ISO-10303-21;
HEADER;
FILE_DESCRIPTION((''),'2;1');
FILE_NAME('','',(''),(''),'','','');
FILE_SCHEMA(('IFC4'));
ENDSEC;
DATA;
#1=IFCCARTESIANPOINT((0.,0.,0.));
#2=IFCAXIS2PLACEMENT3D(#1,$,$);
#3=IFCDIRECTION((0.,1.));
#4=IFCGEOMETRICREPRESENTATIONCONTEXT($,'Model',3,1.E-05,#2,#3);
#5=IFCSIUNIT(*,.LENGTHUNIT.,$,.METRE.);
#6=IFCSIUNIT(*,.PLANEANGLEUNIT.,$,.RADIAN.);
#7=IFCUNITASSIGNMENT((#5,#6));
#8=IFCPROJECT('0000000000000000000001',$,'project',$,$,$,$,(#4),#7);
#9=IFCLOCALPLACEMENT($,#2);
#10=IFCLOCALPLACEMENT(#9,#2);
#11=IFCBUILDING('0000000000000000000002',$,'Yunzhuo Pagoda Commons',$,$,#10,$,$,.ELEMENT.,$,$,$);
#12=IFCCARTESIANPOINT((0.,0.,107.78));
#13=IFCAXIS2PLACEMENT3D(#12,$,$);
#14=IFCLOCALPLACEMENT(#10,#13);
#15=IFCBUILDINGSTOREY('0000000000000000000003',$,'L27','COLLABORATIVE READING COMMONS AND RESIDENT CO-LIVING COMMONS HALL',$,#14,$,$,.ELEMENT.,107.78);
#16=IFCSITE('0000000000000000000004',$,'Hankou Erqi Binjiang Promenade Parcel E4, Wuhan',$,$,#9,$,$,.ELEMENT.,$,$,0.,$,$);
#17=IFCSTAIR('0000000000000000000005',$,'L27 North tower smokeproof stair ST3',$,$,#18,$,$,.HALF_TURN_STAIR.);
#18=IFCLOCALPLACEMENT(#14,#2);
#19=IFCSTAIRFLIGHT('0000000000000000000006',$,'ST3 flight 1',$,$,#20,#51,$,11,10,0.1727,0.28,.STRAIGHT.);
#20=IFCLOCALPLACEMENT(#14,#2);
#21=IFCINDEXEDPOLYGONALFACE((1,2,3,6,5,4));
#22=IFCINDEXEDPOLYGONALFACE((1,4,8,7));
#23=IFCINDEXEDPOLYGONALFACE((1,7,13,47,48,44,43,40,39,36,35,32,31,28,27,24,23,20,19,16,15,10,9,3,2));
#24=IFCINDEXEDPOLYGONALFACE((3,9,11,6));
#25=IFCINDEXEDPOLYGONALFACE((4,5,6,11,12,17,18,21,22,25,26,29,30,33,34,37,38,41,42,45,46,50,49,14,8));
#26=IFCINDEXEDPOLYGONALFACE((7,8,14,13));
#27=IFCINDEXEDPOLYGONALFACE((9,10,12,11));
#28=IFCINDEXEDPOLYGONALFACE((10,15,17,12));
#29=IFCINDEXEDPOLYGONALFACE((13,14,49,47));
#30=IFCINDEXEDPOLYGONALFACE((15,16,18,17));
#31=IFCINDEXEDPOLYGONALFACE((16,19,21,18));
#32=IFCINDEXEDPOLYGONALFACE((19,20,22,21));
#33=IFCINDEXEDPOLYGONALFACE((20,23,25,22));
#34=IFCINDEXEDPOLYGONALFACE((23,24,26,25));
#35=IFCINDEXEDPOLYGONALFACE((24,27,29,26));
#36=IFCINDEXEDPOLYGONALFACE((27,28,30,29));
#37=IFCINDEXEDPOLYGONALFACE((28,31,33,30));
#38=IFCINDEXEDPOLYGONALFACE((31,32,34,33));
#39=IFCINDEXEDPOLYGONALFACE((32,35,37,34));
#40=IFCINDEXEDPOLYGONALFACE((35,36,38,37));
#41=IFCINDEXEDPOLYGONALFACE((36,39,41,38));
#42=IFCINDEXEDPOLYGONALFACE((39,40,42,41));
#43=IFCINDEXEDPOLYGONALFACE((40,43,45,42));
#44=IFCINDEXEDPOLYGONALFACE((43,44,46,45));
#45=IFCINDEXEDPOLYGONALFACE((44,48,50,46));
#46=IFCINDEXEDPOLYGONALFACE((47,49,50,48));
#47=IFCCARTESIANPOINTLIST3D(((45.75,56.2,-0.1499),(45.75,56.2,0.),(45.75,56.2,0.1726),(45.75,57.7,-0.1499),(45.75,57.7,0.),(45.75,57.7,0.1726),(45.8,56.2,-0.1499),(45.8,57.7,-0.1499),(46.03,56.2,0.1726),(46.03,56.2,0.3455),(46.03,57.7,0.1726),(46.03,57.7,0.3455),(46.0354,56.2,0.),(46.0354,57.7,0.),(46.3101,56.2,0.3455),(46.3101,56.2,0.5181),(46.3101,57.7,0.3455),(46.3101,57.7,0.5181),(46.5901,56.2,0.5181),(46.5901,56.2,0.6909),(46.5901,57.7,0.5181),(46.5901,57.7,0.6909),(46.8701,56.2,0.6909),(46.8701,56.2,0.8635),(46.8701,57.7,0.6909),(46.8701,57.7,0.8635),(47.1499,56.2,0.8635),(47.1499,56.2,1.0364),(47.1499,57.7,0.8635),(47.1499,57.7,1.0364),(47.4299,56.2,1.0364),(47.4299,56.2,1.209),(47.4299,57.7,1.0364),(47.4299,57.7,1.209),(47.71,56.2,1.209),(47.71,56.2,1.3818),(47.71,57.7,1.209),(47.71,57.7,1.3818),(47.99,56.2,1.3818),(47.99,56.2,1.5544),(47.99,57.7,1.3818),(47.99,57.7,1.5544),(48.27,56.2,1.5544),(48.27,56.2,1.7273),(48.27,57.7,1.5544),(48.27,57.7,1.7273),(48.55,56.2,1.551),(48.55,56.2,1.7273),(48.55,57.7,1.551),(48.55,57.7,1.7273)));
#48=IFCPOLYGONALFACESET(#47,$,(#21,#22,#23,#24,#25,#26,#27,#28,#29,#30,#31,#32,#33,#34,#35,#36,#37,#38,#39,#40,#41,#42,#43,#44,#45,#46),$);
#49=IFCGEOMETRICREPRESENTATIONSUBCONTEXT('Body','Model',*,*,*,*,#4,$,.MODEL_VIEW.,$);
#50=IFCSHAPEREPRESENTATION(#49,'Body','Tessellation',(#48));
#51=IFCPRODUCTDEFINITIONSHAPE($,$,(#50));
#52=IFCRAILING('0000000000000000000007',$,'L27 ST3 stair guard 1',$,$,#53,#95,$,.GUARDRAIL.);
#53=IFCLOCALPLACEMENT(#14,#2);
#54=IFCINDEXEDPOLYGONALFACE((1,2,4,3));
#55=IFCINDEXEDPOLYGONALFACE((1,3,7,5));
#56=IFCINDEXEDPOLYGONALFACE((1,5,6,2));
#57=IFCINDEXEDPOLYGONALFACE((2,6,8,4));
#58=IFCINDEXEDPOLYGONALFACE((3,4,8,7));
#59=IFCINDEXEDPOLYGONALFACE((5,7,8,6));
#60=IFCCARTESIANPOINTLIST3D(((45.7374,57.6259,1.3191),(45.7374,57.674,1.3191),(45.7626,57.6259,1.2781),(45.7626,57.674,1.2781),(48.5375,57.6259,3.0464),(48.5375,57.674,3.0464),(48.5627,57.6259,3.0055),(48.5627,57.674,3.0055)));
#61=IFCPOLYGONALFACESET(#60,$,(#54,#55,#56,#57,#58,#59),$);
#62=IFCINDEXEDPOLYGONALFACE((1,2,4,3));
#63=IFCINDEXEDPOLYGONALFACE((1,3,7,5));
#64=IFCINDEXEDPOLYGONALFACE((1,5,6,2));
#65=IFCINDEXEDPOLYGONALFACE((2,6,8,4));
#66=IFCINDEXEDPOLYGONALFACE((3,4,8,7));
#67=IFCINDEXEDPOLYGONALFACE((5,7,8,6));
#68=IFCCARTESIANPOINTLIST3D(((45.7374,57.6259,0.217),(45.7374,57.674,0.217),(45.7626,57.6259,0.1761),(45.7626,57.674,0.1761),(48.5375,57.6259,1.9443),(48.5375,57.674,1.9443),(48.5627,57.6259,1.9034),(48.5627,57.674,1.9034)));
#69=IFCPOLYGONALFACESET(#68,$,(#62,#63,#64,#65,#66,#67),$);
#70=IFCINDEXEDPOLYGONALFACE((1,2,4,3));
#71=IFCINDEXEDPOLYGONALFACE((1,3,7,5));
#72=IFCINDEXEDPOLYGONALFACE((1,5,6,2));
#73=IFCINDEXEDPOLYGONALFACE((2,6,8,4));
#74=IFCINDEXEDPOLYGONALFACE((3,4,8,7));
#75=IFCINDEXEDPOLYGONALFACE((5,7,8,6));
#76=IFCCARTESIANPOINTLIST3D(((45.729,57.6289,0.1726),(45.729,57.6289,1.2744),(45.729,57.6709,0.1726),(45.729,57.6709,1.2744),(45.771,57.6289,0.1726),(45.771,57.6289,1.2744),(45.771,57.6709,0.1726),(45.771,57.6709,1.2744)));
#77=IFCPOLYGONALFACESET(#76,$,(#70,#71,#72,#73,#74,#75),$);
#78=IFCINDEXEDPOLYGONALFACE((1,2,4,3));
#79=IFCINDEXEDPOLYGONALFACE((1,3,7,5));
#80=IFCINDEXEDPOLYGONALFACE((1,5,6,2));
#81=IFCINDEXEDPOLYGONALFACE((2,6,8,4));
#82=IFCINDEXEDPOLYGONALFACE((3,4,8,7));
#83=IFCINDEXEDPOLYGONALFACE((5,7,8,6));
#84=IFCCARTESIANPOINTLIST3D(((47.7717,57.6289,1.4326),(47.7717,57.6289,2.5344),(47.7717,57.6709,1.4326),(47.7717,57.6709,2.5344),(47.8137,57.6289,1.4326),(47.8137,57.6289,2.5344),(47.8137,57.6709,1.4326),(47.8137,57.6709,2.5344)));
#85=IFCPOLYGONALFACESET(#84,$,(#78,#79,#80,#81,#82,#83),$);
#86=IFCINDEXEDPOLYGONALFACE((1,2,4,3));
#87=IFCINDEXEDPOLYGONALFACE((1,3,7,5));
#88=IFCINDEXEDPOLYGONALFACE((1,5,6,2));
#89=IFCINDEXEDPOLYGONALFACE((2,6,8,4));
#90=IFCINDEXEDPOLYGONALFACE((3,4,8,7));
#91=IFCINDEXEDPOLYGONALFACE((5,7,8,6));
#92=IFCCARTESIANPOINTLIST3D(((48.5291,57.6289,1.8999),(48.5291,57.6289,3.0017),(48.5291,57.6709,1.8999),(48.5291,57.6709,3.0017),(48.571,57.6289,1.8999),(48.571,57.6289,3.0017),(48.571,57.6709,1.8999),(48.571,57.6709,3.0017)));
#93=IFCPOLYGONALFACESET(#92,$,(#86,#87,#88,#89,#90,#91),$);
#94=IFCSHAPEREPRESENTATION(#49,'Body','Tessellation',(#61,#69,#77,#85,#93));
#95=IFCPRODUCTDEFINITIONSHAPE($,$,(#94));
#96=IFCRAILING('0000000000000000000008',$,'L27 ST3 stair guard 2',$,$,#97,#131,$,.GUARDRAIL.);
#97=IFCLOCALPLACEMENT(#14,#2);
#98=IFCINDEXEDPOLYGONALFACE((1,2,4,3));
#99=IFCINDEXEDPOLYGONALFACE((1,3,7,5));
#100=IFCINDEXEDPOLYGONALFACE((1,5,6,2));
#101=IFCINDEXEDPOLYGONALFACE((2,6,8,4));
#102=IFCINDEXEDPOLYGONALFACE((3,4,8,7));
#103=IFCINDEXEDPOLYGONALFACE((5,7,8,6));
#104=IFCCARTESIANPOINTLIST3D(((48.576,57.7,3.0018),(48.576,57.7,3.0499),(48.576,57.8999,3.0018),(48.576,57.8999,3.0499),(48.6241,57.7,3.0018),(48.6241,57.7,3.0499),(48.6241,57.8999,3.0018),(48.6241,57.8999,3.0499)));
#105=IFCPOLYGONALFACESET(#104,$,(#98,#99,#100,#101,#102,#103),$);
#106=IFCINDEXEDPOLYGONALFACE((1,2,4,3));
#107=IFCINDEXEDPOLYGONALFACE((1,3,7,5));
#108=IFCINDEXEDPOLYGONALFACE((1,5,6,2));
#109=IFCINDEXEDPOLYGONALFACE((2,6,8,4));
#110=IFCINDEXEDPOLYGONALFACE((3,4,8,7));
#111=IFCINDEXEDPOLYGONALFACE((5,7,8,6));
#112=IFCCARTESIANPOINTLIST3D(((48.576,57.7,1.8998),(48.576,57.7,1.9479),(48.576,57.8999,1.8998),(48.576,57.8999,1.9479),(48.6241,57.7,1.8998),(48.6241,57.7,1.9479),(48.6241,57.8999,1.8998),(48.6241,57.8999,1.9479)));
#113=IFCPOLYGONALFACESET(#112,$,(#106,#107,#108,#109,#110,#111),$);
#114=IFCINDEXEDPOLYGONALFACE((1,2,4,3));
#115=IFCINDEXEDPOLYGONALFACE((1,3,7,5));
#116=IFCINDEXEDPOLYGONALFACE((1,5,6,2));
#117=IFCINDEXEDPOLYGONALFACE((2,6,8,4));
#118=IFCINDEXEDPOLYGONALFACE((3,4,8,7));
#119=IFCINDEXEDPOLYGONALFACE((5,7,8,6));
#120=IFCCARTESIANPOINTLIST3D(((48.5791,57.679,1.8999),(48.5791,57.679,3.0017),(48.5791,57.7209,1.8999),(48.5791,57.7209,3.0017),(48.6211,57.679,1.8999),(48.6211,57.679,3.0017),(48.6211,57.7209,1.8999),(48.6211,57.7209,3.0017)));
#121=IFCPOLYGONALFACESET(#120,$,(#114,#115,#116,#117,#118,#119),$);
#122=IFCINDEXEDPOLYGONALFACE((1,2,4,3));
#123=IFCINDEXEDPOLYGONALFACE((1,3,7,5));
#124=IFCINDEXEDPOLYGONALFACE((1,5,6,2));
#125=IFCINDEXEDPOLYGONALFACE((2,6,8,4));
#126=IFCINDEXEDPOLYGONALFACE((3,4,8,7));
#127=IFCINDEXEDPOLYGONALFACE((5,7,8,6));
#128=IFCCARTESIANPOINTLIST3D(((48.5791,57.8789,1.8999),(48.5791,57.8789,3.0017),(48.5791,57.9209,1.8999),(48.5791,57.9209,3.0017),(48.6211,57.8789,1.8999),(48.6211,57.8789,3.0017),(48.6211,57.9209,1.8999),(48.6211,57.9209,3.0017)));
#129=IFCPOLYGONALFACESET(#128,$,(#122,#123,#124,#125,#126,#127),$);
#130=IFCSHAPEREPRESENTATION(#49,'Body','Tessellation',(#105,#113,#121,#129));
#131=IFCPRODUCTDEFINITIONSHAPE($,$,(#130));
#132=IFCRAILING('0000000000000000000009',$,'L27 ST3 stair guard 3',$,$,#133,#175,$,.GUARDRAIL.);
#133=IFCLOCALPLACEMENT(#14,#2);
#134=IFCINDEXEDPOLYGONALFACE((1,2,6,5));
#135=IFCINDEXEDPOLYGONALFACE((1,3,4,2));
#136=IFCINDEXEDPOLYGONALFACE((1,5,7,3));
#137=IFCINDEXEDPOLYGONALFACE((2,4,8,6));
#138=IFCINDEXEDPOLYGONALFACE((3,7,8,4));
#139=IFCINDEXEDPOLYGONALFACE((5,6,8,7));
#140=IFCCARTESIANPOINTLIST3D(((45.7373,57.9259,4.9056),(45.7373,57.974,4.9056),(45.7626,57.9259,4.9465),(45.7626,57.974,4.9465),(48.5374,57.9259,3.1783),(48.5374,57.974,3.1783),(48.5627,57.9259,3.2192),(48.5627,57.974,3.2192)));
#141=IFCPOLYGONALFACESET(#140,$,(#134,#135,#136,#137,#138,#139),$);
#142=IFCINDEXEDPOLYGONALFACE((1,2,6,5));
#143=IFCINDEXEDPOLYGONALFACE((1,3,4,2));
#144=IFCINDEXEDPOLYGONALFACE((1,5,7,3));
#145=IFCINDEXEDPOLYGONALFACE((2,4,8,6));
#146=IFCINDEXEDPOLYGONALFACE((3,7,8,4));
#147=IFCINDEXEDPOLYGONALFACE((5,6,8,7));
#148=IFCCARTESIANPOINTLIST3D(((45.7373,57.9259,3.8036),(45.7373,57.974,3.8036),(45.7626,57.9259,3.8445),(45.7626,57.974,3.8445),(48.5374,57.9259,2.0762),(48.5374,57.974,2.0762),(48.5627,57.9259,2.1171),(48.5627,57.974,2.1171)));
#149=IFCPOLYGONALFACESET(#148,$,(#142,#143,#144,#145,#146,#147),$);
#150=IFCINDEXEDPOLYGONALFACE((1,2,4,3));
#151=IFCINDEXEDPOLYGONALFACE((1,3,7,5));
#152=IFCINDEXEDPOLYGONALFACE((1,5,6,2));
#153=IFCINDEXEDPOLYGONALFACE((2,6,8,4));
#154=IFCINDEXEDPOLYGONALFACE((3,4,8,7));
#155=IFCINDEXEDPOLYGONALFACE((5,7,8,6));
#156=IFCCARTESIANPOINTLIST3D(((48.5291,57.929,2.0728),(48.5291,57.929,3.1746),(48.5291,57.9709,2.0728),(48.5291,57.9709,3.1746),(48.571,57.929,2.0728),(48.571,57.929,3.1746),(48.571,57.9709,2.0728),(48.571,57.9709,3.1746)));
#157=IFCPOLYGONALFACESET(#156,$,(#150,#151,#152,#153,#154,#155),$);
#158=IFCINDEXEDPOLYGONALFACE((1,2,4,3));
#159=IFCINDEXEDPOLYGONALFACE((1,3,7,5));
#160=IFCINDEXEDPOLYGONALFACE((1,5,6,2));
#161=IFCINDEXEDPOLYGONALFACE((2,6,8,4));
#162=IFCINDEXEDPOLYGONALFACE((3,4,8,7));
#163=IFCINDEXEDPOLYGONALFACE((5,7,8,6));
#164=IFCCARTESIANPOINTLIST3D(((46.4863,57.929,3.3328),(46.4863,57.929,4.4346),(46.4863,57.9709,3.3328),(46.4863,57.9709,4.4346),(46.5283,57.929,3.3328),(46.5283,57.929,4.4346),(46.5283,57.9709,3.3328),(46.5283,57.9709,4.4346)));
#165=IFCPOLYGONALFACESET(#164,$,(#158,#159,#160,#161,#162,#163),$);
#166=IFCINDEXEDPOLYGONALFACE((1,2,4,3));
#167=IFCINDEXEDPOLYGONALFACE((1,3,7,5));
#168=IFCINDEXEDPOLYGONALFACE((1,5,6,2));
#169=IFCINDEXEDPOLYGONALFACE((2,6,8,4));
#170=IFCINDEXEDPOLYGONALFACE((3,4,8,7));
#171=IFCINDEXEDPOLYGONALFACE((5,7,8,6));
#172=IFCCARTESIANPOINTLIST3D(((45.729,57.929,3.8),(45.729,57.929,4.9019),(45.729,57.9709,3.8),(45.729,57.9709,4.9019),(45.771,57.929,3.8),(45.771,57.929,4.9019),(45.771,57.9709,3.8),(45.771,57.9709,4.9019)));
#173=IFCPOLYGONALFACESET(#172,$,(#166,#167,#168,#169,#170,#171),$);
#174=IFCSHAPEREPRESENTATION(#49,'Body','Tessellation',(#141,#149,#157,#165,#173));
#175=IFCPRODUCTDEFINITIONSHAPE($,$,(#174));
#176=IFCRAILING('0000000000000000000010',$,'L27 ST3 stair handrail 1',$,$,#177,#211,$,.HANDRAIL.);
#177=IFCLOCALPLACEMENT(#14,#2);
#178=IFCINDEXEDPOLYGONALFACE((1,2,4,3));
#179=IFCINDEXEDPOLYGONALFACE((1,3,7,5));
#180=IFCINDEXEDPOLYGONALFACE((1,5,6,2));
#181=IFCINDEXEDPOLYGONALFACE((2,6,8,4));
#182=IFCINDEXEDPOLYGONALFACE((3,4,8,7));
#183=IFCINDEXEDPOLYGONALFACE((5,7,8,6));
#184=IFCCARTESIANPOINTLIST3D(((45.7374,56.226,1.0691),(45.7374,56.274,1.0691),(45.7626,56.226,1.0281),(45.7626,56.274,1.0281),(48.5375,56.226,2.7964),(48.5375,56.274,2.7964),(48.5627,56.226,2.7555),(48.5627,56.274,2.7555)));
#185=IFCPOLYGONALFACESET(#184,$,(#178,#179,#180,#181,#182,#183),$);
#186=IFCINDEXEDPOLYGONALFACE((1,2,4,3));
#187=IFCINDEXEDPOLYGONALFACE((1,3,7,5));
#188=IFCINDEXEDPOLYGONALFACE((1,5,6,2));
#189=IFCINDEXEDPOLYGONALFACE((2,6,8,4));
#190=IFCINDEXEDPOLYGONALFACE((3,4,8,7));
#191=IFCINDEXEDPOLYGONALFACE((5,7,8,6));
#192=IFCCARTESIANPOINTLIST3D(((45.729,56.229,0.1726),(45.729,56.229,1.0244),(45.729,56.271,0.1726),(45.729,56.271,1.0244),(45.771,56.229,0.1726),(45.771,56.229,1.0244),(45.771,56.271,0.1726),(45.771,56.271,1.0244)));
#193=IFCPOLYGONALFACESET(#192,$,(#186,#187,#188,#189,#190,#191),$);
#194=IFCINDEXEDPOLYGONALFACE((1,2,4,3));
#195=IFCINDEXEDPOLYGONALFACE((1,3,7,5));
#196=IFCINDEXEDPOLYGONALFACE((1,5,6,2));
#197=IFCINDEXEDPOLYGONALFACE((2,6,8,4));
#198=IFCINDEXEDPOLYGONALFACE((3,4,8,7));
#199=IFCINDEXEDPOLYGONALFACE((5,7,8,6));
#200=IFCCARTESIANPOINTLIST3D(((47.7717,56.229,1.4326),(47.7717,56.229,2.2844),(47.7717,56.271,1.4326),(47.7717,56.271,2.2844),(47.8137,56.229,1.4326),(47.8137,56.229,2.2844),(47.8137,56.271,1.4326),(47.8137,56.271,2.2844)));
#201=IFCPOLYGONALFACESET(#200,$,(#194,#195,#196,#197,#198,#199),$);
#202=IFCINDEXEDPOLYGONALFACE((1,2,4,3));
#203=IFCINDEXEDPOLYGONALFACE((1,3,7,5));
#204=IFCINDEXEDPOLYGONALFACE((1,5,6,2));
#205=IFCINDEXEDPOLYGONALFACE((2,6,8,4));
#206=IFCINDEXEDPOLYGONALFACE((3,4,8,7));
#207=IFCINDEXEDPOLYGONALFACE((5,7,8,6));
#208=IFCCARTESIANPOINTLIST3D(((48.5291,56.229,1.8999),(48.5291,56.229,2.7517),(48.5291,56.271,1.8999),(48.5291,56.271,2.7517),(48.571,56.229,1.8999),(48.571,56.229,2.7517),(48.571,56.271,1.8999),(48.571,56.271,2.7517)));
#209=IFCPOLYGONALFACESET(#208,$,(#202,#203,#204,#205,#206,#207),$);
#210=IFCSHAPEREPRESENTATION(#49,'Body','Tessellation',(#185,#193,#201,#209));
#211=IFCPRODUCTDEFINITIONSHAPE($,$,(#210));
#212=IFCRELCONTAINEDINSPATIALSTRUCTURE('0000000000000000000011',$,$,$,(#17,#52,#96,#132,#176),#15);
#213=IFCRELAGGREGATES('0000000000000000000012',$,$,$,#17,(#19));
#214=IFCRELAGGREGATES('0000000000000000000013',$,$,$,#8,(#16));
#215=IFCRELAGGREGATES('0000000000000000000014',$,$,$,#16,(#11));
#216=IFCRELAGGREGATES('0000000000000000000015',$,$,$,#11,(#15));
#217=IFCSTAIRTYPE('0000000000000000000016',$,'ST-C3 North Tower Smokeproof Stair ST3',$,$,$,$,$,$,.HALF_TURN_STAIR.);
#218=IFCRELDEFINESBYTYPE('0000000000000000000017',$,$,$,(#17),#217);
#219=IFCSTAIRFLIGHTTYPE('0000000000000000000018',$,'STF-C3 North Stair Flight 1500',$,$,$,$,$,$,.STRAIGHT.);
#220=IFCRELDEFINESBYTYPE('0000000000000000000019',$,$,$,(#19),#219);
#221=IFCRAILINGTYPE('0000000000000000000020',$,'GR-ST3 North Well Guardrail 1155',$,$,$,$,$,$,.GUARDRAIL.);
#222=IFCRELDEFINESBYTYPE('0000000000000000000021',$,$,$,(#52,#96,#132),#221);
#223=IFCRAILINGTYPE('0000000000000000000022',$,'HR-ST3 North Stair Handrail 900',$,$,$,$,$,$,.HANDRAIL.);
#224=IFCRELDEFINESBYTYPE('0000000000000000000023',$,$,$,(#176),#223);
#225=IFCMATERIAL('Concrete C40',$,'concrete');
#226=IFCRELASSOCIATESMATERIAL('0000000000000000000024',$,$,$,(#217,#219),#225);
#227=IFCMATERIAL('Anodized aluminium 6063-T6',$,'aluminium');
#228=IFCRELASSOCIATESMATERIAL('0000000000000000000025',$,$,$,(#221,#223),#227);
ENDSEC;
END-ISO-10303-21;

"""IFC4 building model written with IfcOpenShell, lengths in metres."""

from ifc_helpers import new_model, si_unit, direction, frame, origin, origin_2d, place, context, subcontext, project, spatial, polyline, rectangle, outline, extrude, source, transform, mapped, material, type_object, element, aggregate, save


model = new_model("IFC4")

# Units and contexts
model_context = context("Model", 3, precision=1e-05, world=origin(), true_north=direction((0.0, 1.0)))
body_context = subcontext(model_context, "Body", "Model", "MODEL_VIEW")
ifc_project = project(units=[si_unit("LENGTHUNIT", "METRE"), si_unit("PLANEANGLEUNIT", "RADIAN")], contexts=[model_context])

# Site, building, storey
site_placement = place(None, origin())
site = spatial("IfcSite", under=ifc_project, at=site_placement, Name="Hankou Erqi Binjiang Promenade Parcel E4, Wuhan", CompositionType="ELEMENT", RefElevation=0.0)
building_placement = place(site_placement, origin())
building = spatial("IfcBuilding", under=site, at=building_placement, Name="Yunzhuo Pagoda Commons", CompositionType="ELEMENT")
storey_placement = place(building_placement, frame((0.0, 0.0, 107.78)))
storey = spatial("IfcBuildingStorey", under=building, at=storey_placement, Name="L27", Description="COLLABORATIVE READING COMMONS AND RESIDENT CO-LIVING COMMONS HALL", CompositionType="ELEMENT", Elevation=107.78)

# Shared definitions
ifc_material_1 = material(Name="Anodized aluminium 6063-T6", Category="aluminium")

# Stair, stair flight
ifc_material_2 = material(Name="Concrete C40", Category="concrete")
stair_type = type_object("IfcStairType", Name="ST-C3 North Tower Smokeproof Stair ST3", PredefinedType="HALF_TURN_STAIR", material=ifc_material_2)
stair_placement = place(storey_placement, origin())
stair = element("IfcStair", 1, at=stair_placement, inside=storey, type_object=stair_type, Name="L27 North tower smokeproof stair ST3", PredefinedType="HALF_TURN_STAIR")
stair_flight_type = type_object("IfcStairFlightType", Name="STF-C3 North Stair Flight 1500", PredefinedType="STRAIGHT", material=ifc_material_2)
shared_shape_1 = source(origin(), body_context, "Body", "SweptSolid", [
    extrude(outline(polyline([(0.0, -0.1499), (0.0, 0.0), (0.0, 0.1726), (0.28, 0.1726), (0.28, 0.3455), (0.5601, 0.3455), (0.5601, 0.5181), (0.8401, 0.5181), (0.8401, 0.6909), (1.1201, 0.6909), (1.1201, 0.8635), (1.3999, 0.8635), (1.3999, 1.0364), (1.6799, 1.0364), (1.6799, 1.209), (1.96, 1.209), (1.96, 1.3818), (2.24, 1.3818), (2.24, 1.5544), (2.52, 1.5544), (2.52, 1.7273), (2.8, 1.7273), (2.8, 1.8999), (2.8, 1.551), (0.2854, 0.0), (0.05, -0.1499), (0.0, -0.1499)])), frame((0.0, 0.75, 0.0), z_axis=(0.0, -1.0, 0.0), x_axis=(1.0, 0.0, 0.0)), (0.0, 0.0, 1.0), 1.5),
])
stair_flight_placement = place(storey_placement, frame((45.75, 56.95, 0.0), z_axis=(0.0, 0.0, 1.0), x_axis=(1.0, 0.0, 0.0)))
stair_flight = element("IfcStairFlight", 2, at=stair_flight_placement, type_object=stair_flight_type, Name="ST3 flight 1", NumberOfRisers=11, NumberOfTreads=10, PredefinedType="STRAIGHT", RiserHeight=0.1727, TreadLength=0.28, context=body_context, shape_type="MappedRepresentation", body=[
    mapped(shared_shape_1, transform((0.0, 0.0, 0.0), scale=1.0)),
])
aggregate(stair, [stair_flight])

# Railings
railing_type_1 = type_object("IfcRailingType", Name="GR-ST3 North Well Guardrail 1155", PredefinedType="GUARDRAIL", material=ifc_material_1)
railing_1_placement = place(storey_placement, frame((45.75, 57.6499, 0.1726)))
element("IfcRailing", 3, at=railing_1_placement, inside=storey, type_object=railing_type_1, Name="L27 ST3 stair guard 1", PredefinedType="GUARDRAIL", context=body_context, shape_type="SweptSolid", body=[
    extrude(rectangle(XDim=0.0481, YDim=0.0481, at=origin_2d()), frame((0.0, 0.0, 1.126), z_axis=(0.85109, 0.0, 0.52502), x_axis=(0.0, 1.0, 0.0)), (0.0, 0.0, 1.0), 3.29),
    extrude(rectangle(XDim=0.0481, YDim=0.0481, at=origin_2d()), frame((0.0, 0.0, 0.0239), z_axis=(0.85109, 0.0, 0.52502), x_axis=(0.0, 1.0, 0.0)), (0.0, 0.0, 1.0), 3.29),
    extrude(rectangle(XDim=0.042, YDim=0.042, at=origin_2d()), origin(), (0.0, 0.0, 1.0), 1.1018),
    extrude(rectangle(XDim=0.042, YDim=0.042, at=origin_2d()), frame((2.0427, 0.0, 1.26)), (0.0, 0.0, 1.0), 1.1018),
    extrude(rectangle(XDim=0.042, YDim=0.042, at=origin_2d()), frame((2.8, 0.0, 1.7273)), (0.0, 0.0, 1.0), 1.1018),
])
railing_2_placement = place(storey_placement, frame((48.6001, 57.7, 1.8999)))
element("IfcRailing", 4, at=railing_2_placement, inside=storey, type_object=railing_type_1, Name="L27 ST3 stair guard 2", PredefinedType="GUARDRAIL", context=body_context, shape_type="SweptSolid", body=[
    extrude(rectangle(XDim=0.0481, YDim=0.0481, at=origin_2d()), frame((0.0, 0.0, 1.126), z_axis=(0.0, 1.0, 0.0), x_axis=(-1.0, 0.0, 0.0)), (0.0, 0.0, 1.0), 0.2),
    extrude(rectangle(XDim=0.0481, YDim=0.0481, at=origin_2d()), frame((0.0, 0.0, 0.0239), z_axis=(0.0, 1.0, 0.0), x_axis=(-1.0, 0.0, 0.0)), (0.0, 0.0, 1.0), 0.2),
    extrude(rectangle(XDim=0.042, YDim=0.042, at=origin_2d()), origin(), (0.0, 0.0, 1.0), 1.1018),
    extrude(rectangle(XDim=0.042, YDim=0.042, at=origin_2d()), frame((0.0, 0.2, 0.0)), (0.0, 0.0, 1.0), 1.1018),
])
railing_3_placement = place(storey_placement, frame((48.55, 57.95, 2.0728)))
element("IfcRailing", 5, at=railing_3_placement, inside=storey, type_object=railing_type_1, Name="L27 ST3 stair guard 3", PredefinedType="GUARDRAIL", context=body_context, shape_type="SweptSolid", body=[
    extrude(rectangle(XDim=0.0481, YDim=0.0481, at=origin_2d()), frame((0.0, 0.0, 1.126), z_axis=(-0.85109, 0.0, 0.52502), x_axis=(0.0, -1.0, 0.0)), (0.0, 0.0, 1.0), 3.29),
    extrude(rectangle(XDim=0.0481, YDim=0.0481, at=origin_2d()), frame((0.0, 0.0, 0.0239), z_axis=(-0.85109, 0.0, 0.52502), x_axis=(0.0, -1.0, 0.0)), (0.0, 0.0, 1.0), 3.29),
    extrude(rectangle(XDim=0.042, YDim=0.042, at=origin_2d()), origin(), (0.0, 0.0, 1.0), 1.1018),
    extrude(rectangle(XDim=0.042, YDim=0.042, at=origin_2d()), frame((-2.0427, 0.0, 1.26)), (0.0, 0.0, 1.0), 1.1018),
    extrude(rectangle(XDim=0.042, YDim=0.042, at=origin_2d()), frame((-2.8, 0.0, 1.7273)), (0.0, 0.0, 1.0), 1.1018),
])
railing_type_2 = type_object("IfcRailingType", Name="HR-ST3 North Stair Handrail 900", PredefinedType="HANDRAIL", material=ifc_material_1)
railing_4_placement = place(storey_placement, frame((45.75, 56.25, 0.1726)))
element("IfcRailing", 6, at=railing_4_placement, inside=storey, type_object=railing_type_2, Name="L27 ST3 stair handrail 1", PredefinedType="HANDRAIL", context=body_context, shape_type="SweptSolid", body=[
    extrude(rectangle(XDim=0.0481, YDim=0.0481, at=origin_2d()), frame((0.0, 0.0, 0.876), z_axis=(0.85109, 0.0, 0.52502), x_axis=(0.0, 1.0, 0.0)), (0.0, 0.0, 1.0), 3.29),
    extrude(rectangle(XDim=0.042, YDim=0.042, at=origin_2d()), origin(), (0.0, 0.0, 1.0), 0.8518),
    extrude(rectangle(XDim=0.042, YDim=0.042, at=origin_2d()), frame((2.0427, 0.0, 1.26)), (0.0, 0.0, 1.0), 0.8518),
    extrude(rectangle(XDim=0.042, YDim=0.042, at=origin_2d()), frame((2.8, 0.0, 1.7273)), (0.0, 0.0, 1.0), 0.8518),
])

save(model, "model.ifc")
